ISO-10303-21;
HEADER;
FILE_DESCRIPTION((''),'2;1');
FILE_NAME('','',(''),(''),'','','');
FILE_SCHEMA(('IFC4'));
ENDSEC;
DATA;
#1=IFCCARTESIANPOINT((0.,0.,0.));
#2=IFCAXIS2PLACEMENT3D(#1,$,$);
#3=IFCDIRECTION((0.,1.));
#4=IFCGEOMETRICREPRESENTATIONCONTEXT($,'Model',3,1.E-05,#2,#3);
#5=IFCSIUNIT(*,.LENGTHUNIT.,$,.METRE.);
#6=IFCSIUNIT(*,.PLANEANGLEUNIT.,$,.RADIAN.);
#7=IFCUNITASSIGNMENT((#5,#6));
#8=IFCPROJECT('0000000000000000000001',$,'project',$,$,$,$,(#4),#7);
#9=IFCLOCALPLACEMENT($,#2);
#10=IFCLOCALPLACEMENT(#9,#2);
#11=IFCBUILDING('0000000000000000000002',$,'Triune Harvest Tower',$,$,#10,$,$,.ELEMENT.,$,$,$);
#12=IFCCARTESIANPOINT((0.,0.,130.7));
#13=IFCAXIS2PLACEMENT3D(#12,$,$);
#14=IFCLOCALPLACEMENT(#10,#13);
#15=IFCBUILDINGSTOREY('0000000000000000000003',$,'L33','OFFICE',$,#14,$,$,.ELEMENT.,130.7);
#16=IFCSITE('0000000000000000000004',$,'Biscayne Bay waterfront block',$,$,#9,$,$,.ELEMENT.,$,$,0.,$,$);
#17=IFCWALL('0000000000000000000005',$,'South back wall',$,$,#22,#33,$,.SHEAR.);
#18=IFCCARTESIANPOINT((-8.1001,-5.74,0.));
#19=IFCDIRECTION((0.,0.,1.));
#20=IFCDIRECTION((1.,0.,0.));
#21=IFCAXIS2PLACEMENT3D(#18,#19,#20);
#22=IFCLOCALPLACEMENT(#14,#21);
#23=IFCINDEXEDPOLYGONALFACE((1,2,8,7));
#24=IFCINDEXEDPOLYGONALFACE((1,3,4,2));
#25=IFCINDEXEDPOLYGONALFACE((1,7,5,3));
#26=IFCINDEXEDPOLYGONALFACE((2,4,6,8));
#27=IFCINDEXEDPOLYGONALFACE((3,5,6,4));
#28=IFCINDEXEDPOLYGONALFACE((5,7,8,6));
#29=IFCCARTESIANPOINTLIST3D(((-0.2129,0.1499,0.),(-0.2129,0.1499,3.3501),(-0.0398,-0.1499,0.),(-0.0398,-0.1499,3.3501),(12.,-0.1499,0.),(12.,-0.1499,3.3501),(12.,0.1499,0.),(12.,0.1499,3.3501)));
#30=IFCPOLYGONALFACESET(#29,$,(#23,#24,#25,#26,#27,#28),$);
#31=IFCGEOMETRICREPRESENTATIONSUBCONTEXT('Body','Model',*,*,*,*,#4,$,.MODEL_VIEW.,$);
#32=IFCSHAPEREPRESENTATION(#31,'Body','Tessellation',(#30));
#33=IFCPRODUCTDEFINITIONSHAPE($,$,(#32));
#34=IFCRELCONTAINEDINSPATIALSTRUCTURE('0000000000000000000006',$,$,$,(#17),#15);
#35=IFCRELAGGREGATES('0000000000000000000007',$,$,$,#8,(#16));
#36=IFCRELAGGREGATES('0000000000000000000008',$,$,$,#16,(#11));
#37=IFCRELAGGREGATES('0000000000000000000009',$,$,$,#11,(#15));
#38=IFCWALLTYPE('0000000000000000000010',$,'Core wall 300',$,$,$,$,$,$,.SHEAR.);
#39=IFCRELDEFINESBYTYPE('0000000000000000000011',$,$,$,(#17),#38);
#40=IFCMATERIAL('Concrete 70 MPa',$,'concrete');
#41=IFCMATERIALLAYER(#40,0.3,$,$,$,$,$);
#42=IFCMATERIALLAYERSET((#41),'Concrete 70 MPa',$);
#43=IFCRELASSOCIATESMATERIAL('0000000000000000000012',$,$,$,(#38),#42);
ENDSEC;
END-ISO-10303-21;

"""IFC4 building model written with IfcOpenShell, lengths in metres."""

from ifc_helpers import new_model, si_unit, direction, frame, origin, place, context, subcontext, project, spatial, polyline, outline, extrude, source, transform, mapped, material, layer, layer_set, type_object, element, save


model = new_model("IFC4")

# Units and contexts
model_context = context("Model", 3, precision=1e-05, world=origin(), true_north=direction((0.0, 1.0)))
body_context = subcontext(model_context, "Body", "Model", "MODEL_VIEW")
ifc_project = project(units=[si_unit("LENGTHUNIT", "METRE"), si_unit("PLANEANGLEUNIT", "RADIAN")], contexts=[model_context])

# Site, building, storey
site_placement = place(None, origin())
site = spatial("IfcSite", under=ifc_project, at=site_placement, Name="Biscayne Bay waterfront block", CompositionType="ELEMENT", RefElevation=0.0)
building_placement = place(site_placement, origin())
building = spatial("IfcBuilding", under=site, at=building_placement, Name="Triune Harvest Tower", CompositionType="ELEMENT")
storey_placement = place(building_placement, frame((0.0, 0.0, 130.7)))
storey = spatial("IfcBuildingStorey", under=building, at=storey_placement, Name="L33", Description="OFFICE", CompositionType="ELEMENT", Elevation=130.7)

# Shared definitions
ifc_material_1 = material(Name="Concrete 70 MPa", Category="concrete")
ifc_layer_1 = layer(ifc_material_1, 0.3)
ifc_layer_set_1 = layer_set([ifc_layer_1], Name="Concrete 70 MPa")
wall_type_1 = type_object("IfcWallType", Name="Core wall 300", PredefinedType="SHEAR", material=ifc_layer_set_1)

# Wall
shared_shape_1 = source(origin(), body_context, "Body", "SweptSolid", [
    extrude(outline(polyline([(12.0, -0.1499), (-0.0398, -0.1499), (-0.2129, 0.1499), (12.0, 0.1499), (12.0, -0.1499)])), origin(), (0.0, 0.0, 1.0), 3.3501),
])
wall_1_placement = place(storey_placement, frame((-8.1001, -5.74, 0.0), z_axis=(0.0, 0.0, 1.0), x_axis=(1.0, 0.0, 0.0)))
element("IfcWall", 1, at=wall_1_placement, inside=storey, type_object=wall_type_1, Name="South back wall", PredefinedType="SHEAR", context=body_context, shape_type="MappedRepresentation", body=[
    mapped(shared_shape_1, transform((0.0, 0.0, 0.0), scale=1.0)),
])

save(model, "model.ifc")
